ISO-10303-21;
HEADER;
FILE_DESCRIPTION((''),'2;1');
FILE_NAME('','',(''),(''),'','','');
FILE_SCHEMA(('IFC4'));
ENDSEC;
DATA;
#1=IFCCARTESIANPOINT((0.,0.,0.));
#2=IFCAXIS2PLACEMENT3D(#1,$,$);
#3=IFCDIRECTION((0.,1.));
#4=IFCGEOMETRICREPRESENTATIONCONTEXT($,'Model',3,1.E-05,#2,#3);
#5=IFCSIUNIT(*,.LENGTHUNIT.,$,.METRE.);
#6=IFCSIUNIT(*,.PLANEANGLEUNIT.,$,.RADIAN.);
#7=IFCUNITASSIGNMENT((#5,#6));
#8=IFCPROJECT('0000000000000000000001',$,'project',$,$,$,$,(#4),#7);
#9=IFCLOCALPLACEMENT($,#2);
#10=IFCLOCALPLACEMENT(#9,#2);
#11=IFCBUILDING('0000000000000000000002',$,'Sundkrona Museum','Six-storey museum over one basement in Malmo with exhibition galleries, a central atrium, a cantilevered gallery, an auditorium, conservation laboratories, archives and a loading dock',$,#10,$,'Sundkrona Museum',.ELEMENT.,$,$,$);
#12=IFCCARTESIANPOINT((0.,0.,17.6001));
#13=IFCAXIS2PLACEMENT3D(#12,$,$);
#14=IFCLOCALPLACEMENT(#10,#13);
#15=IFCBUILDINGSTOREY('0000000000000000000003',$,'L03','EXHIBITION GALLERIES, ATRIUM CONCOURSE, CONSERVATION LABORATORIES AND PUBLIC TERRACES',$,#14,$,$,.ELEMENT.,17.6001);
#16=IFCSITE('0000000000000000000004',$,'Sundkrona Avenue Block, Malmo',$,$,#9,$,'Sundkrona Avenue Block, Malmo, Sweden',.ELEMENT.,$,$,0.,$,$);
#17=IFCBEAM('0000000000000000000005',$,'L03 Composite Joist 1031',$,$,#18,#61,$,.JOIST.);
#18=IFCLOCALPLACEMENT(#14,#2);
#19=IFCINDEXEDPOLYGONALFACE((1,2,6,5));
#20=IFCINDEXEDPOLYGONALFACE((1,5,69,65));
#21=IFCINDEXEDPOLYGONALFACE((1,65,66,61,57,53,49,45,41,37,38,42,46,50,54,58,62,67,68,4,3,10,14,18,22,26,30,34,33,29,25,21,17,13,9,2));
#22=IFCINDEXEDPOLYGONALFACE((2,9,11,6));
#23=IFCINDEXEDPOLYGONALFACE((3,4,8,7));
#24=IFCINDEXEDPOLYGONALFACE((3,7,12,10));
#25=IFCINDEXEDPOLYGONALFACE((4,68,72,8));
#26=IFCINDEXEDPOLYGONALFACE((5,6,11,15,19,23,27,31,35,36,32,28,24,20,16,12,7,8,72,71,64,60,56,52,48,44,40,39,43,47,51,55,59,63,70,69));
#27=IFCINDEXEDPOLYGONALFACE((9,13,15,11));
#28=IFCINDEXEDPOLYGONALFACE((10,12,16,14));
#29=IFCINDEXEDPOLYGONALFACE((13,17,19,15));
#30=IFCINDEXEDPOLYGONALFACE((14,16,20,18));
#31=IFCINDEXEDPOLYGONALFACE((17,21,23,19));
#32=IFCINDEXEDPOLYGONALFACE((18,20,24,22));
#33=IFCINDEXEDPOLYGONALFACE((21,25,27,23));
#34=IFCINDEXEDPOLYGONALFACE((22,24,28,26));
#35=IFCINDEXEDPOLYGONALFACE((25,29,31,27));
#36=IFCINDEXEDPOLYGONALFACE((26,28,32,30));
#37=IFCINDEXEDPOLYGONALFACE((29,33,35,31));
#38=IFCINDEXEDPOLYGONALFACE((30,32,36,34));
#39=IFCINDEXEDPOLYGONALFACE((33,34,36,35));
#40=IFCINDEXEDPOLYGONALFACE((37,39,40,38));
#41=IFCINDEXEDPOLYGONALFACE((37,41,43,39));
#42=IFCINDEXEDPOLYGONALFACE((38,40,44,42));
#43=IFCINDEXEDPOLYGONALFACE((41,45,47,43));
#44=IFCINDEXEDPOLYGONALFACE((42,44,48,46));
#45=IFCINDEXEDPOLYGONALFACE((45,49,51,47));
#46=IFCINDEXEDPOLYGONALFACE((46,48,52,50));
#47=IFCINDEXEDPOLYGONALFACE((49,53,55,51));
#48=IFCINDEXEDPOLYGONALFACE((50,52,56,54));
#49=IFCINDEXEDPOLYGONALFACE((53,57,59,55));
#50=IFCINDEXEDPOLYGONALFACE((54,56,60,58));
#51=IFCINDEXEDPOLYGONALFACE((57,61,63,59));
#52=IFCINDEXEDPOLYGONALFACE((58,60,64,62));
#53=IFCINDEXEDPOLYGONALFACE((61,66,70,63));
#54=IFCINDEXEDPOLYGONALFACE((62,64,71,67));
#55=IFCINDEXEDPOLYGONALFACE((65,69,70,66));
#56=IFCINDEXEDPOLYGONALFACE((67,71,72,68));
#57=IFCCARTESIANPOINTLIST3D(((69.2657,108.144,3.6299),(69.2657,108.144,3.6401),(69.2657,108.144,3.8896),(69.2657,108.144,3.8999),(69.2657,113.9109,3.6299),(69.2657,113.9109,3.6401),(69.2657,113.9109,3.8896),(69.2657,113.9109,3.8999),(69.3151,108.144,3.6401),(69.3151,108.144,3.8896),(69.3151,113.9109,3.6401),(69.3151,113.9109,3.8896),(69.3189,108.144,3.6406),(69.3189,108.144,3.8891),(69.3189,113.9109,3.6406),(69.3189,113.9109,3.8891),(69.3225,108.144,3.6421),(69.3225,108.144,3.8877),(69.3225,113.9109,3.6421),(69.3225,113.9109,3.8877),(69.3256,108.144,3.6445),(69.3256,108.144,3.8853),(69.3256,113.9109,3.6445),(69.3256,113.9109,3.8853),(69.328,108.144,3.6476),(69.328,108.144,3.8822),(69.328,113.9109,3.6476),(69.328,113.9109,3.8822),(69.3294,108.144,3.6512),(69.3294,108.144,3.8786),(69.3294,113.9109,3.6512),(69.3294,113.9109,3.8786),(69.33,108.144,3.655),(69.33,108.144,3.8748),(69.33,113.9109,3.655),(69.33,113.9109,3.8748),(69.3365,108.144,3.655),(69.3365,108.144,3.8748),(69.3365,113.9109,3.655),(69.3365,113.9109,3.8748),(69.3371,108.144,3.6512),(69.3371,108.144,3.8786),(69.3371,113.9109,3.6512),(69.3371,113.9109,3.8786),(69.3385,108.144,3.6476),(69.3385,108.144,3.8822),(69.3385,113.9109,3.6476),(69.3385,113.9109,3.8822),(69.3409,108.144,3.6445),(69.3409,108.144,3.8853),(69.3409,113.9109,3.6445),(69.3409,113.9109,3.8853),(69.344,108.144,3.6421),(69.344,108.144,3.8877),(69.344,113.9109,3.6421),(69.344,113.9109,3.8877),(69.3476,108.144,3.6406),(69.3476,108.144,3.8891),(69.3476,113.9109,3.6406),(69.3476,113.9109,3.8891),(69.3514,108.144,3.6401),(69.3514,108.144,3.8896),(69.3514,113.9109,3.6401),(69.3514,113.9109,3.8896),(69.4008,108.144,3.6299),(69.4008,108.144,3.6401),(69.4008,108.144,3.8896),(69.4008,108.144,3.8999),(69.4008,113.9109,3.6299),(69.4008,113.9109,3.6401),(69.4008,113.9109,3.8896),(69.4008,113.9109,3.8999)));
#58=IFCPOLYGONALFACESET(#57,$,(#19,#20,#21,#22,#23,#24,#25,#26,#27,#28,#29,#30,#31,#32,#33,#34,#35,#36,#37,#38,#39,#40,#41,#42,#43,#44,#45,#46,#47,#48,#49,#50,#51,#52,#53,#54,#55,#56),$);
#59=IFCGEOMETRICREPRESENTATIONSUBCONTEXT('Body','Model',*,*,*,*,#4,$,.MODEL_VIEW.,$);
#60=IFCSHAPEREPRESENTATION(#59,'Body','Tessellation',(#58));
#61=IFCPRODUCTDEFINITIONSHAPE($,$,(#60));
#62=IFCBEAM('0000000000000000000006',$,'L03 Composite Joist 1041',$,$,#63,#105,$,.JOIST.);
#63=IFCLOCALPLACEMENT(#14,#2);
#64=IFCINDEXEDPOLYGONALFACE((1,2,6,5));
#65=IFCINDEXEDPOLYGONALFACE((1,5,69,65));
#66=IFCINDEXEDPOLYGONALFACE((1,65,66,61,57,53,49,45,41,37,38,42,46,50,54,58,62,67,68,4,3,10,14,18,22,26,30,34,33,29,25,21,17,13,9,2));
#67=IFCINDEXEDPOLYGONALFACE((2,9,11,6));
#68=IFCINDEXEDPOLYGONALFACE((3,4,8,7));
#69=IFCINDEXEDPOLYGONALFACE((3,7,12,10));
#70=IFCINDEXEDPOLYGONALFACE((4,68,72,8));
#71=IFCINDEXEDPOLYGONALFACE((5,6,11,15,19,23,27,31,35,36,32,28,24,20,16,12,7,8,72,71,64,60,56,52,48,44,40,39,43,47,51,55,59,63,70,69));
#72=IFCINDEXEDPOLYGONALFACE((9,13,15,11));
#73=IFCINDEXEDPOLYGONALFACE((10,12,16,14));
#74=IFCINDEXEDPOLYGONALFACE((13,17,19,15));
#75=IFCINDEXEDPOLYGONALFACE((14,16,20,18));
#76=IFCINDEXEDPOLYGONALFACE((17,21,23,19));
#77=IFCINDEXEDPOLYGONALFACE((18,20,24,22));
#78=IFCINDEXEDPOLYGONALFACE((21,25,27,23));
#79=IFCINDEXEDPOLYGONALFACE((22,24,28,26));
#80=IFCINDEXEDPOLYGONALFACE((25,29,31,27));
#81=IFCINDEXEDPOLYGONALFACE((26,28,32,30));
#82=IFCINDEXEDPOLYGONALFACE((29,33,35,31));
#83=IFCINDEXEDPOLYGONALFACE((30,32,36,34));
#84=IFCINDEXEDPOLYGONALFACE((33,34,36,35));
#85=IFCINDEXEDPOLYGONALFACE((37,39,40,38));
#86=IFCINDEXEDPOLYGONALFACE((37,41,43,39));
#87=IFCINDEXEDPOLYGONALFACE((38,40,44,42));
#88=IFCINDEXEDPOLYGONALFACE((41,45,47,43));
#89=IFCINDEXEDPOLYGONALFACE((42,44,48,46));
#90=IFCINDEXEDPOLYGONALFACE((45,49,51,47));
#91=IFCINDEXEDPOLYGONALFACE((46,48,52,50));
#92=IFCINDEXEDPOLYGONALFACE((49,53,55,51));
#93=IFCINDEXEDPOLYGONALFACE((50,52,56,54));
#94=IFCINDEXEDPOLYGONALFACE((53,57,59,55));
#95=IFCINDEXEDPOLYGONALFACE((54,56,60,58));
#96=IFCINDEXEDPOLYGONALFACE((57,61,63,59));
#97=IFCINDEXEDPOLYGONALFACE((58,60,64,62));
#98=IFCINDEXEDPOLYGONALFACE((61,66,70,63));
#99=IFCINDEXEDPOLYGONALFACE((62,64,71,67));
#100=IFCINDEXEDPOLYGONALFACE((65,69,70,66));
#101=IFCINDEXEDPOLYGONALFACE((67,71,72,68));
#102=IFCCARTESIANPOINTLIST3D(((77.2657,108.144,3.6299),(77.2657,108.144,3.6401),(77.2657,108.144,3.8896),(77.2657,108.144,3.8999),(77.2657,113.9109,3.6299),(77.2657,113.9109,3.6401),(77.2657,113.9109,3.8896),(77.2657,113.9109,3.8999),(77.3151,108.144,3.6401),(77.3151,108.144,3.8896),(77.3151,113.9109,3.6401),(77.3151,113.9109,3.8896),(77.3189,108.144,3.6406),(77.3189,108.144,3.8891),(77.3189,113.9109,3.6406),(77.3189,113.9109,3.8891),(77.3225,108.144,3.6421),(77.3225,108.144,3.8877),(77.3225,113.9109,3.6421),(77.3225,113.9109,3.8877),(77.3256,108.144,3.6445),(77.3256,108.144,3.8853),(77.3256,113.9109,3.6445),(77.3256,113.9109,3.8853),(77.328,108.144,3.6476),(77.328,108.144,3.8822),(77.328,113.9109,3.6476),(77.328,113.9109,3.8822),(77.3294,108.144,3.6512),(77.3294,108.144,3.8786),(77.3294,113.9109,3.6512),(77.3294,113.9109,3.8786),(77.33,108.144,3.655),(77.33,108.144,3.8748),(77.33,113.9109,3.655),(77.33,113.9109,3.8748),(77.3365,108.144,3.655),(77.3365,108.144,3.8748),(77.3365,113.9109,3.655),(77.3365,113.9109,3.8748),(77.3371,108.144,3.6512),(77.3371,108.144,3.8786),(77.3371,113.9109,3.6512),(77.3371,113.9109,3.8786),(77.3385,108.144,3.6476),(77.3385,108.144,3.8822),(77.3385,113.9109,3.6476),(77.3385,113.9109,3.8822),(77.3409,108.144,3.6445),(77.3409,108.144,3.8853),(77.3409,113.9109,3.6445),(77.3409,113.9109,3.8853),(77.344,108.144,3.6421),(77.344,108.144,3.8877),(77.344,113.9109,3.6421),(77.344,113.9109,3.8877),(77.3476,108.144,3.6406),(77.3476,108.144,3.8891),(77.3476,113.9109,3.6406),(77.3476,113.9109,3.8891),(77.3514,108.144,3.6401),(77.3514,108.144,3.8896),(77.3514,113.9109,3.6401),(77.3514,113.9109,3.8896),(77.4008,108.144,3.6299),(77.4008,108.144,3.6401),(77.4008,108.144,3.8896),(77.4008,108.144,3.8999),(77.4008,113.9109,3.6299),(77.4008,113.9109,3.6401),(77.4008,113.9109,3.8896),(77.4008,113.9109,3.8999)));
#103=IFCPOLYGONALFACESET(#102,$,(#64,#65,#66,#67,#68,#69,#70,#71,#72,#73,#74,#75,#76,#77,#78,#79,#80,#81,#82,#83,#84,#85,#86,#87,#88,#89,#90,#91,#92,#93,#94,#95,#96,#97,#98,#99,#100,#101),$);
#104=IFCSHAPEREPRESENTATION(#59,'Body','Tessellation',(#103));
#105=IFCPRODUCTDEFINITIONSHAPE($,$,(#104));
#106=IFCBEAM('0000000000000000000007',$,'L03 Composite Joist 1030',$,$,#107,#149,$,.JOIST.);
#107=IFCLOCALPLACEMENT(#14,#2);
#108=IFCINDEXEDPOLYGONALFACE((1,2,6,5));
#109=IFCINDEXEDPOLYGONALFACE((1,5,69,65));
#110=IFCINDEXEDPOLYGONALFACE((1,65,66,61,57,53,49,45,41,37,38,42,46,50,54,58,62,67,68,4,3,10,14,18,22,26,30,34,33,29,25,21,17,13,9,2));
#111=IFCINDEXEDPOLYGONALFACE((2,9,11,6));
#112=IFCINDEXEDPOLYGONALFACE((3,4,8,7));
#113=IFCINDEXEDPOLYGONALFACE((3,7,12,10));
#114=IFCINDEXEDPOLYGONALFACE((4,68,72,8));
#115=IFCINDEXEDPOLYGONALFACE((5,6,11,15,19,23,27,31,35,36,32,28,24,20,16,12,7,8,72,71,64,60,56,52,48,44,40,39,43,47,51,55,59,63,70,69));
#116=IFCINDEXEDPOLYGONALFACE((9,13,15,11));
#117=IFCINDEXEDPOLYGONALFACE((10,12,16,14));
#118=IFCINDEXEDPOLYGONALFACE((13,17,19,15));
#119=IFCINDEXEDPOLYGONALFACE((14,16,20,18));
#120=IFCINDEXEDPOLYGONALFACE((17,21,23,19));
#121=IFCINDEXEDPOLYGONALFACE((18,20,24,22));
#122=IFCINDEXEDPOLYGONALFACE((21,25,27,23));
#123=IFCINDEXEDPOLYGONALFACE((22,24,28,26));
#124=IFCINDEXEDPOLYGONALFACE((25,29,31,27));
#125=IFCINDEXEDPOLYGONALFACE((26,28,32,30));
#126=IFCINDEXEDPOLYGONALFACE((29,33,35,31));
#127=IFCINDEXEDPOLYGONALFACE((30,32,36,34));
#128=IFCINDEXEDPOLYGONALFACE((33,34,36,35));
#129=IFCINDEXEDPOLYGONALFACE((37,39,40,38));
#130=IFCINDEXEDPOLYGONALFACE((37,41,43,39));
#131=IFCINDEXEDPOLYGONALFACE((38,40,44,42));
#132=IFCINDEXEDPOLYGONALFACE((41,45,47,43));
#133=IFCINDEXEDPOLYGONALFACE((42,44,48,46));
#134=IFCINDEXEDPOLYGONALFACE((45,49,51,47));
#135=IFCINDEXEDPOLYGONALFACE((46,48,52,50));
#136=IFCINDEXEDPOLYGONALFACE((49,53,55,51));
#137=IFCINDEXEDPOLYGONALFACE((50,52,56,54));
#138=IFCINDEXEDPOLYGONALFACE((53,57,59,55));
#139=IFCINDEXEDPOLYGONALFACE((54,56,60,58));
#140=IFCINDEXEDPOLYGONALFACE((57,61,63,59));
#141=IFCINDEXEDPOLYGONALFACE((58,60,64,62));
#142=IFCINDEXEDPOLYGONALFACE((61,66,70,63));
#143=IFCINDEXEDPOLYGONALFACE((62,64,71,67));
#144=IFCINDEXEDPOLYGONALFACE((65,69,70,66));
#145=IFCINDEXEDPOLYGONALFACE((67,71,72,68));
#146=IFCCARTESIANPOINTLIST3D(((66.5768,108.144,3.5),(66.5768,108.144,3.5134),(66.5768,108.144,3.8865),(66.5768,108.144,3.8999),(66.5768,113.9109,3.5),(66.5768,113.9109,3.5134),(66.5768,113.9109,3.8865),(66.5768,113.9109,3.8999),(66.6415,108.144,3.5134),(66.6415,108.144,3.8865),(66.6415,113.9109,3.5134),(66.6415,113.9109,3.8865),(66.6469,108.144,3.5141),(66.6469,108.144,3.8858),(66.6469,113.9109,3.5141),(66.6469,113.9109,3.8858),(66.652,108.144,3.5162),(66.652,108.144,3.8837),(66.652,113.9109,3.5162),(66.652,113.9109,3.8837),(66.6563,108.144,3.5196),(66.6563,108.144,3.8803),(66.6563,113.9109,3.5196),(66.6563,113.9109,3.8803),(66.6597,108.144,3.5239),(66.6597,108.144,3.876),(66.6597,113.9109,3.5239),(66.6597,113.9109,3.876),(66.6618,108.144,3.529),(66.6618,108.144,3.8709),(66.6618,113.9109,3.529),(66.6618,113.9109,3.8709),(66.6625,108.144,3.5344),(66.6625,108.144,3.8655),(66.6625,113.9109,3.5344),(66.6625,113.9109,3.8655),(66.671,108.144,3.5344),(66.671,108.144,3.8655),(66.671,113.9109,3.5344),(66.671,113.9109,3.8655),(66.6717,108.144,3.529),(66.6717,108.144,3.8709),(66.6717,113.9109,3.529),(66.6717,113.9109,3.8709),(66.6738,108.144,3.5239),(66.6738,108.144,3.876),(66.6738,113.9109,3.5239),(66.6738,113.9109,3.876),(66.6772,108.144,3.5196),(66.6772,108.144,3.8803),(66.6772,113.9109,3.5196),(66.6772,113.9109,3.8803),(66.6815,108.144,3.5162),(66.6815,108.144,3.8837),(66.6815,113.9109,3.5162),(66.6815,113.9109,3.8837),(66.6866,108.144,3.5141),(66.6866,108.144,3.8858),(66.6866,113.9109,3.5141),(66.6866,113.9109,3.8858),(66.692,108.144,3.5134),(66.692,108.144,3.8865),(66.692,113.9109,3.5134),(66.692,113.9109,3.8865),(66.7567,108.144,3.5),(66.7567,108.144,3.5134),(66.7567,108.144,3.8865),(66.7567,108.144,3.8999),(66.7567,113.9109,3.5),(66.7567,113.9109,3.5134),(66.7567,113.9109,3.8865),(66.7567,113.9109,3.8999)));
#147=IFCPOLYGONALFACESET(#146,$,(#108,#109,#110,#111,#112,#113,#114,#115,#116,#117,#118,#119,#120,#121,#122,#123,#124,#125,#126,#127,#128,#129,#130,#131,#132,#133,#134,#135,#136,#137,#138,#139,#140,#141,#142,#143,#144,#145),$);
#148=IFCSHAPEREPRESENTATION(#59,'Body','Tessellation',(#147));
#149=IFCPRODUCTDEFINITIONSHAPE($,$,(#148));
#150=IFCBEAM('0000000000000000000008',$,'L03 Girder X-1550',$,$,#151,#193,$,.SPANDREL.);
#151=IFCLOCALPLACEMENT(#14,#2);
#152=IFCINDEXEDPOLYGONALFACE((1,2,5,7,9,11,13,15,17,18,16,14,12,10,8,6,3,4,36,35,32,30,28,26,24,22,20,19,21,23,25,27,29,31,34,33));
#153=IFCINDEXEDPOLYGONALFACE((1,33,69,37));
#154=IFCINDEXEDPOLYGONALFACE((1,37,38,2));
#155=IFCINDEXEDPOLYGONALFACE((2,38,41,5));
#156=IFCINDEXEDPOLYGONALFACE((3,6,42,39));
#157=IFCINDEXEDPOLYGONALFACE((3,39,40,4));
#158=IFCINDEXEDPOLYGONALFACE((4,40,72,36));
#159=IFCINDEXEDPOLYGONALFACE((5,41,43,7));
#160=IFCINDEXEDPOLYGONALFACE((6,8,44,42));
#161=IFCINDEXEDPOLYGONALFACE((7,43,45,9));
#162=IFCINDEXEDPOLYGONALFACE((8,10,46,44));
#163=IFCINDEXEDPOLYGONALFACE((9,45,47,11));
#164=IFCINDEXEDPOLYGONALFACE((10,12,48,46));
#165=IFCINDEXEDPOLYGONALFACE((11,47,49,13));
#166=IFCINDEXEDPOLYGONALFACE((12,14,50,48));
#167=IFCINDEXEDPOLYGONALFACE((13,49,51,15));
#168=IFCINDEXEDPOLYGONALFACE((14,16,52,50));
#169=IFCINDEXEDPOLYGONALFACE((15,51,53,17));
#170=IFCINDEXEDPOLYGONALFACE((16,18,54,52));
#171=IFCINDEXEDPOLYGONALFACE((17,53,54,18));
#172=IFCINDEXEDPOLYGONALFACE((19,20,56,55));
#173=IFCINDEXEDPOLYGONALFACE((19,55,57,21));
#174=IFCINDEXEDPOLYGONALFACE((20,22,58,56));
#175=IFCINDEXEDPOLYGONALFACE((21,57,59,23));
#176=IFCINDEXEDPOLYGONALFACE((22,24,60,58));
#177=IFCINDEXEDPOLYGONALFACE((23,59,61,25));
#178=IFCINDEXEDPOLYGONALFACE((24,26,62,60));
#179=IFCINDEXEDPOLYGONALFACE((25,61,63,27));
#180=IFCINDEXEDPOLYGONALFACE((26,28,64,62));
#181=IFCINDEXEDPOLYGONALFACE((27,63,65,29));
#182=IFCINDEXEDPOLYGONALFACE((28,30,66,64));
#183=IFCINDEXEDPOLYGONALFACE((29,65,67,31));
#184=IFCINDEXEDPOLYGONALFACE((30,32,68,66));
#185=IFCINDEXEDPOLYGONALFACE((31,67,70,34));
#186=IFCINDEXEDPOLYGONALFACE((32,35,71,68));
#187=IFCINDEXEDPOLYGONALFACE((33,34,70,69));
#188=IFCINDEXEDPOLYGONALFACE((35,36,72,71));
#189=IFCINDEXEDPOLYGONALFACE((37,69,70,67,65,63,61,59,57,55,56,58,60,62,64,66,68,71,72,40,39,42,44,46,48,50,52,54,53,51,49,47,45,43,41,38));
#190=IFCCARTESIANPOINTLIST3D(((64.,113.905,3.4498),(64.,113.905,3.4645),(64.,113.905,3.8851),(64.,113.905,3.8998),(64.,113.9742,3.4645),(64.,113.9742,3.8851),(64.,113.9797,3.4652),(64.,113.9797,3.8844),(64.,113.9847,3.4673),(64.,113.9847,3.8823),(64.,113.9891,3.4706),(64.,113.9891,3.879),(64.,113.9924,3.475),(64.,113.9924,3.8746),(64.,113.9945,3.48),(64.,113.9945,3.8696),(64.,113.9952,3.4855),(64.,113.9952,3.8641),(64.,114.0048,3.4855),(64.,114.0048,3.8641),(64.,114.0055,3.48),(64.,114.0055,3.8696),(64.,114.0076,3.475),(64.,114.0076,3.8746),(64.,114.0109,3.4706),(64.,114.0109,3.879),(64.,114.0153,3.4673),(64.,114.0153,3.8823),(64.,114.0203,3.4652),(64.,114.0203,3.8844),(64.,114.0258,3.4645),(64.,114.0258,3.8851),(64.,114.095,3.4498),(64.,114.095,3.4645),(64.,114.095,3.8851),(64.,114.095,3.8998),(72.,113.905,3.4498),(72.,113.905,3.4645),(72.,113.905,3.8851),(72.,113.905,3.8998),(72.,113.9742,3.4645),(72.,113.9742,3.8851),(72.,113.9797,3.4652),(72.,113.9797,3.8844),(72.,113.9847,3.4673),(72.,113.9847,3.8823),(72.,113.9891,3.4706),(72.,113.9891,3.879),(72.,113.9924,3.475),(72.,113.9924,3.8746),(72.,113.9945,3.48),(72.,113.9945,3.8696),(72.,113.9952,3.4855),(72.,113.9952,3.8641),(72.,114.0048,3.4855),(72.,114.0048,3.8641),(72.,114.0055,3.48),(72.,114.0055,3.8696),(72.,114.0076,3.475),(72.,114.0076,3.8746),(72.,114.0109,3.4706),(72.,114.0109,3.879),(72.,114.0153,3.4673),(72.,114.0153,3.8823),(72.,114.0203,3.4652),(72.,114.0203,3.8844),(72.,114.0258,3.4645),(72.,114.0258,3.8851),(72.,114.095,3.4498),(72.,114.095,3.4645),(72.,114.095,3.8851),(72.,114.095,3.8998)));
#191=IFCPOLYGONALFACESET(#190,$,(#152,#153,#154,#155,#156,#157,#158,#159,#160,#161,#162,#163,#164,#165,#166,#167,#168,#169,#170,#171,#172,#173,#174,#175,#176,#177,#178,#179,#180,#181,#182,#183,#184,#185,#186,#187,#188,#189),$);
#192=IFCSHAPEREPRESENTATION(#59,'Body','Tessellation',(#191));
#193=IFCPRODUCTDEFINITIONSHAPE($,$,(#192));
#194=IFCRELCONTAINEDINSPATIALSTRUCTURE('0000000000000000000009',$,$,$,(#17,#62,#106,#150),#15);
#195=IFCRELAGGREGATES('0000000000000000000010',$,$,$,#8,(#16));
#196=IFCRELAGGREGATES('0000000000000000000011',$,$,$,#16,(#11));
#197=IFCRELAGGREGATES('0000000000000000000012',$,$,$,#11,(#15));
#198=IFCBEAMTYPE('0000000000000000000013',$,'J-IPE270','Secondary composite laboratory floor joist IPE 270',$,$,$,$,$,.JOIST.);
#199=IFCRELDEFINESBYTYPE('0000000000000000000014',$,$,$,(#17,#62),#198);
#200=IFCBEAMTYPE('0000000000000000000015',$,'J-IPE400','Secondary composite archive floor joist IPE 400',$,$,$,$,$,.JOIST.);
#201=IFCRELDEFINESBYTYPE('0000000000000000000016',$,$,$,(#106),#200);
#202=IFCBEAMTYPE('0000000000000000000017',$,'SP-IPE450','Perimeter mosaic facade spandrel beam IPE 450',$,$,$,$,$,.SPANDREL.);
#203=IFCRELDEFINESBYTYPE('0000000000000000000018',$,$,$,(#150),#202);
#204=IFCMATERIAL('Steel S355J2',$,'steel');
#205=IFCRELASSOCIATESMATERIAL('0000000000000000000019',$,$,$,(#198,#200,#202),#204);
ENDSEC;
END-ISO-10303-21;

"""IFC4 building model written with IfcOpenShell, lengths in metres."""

from ifc_helpers import new_model, si_unit, direction, frame, origin, origin_2d, place, context, subcontext, project, spatial, i_section, extrude, material, material_profile, profile_set, type_object, element, save


model = new_model("IFC4")

# Units and contexts
model_context = context("Model", 3, precision=1e-05, world=origin(), true_north=direction((0.0, 1.0)))
body_context = subcontext(model_context, "Body", "Model", "MODEL_VIEW")
ifc_project = project(units=[si_unit("LENGTHUNIT", "METRE"), si_unit("PLANEANGLEUNIT", "RADIAN")], contexts=[model_context])

# Site, building, storey
site_placement = place(None, origin())
site = spatial("IfcSite", under=ifc_project, at=site_placement, Name="Sundkrona Avenue Block, Malmo", LongName="Sundkrona Avenue Block, Malmo, Sweden", CompositionType="ELEMENT", RefElevation=0.0)
building_placement = place(site_placement, origin())
building = spatial("IfcBuilding", under=site, at=building_placement, Name="Sundkrona Museum", Description="Six-storey museum over one basement in Malmo with exhibition galleries, a central atrium, a cantilevered gallery, an auditorium, conservation laboratories, archives and a loading dock", LongName="Sundkrona Museum", CompositionType="ELEMENT")
storey_placement = place(building_placement, frame((0.0, 0.0, 17.6001)))
storey = spatial("IfcBuildingStorey", under=building, at=storey_placement, Name="L03", Description="EXHIBITION GALLERIES, ATRIUM CONCOURSE, CONSERVATION LABORATORIES AND PUBLIC TERRACES", CompositionType="ELEMENT", Elevation=17.6001)

# Shared definitions
ifc_material_1 = material(Name="Steel S355J2", Category="steel")

# Beams
ifc_material_profile_1 = material_profile(ifc_material_1, i_section(OverallWidth=0.135, OverallDepth=0.27, WebThickness=0.0066, FlangeThickness=0.0103, FilletRadius=0.0149, at=origin_2d()), Name="IPE 270")
ifc_profile_set_1 = profile_set([ifc_material_profile_1], Name="Steel S355J2")
beam_type_1 = type_object("IfcBeamType", Name="J-IPE270", Description="Secondary composite laboratory floor joist IPE 270", PredefinedType="JOIST", material=ifc_profile_set_1)
for number, where, z_axis, x_axis, name in (
    (1, (69.3333, 108.144, 3.7649), (0.0, 1.0, 0.0), (-1.0, 0.0, 0.0), "L03 Composite Joist 1031"),
    (2, (77.3333, 108.144, 3.7649), (0.0, 1.0, 0.0), (-1.0, 0.0, 0.0), "L03 Composite Joist 1041"),
):
    element("IfcBeam", number, at=place(storey_placement, frame(where, z_axis=z_axis, x_axis=x_axis)), inside=storey, type_object=beam_type_1, Name=name, PredefinedType="JOIST", context=body_context, shape_type="SweptSolid", body=[
        extrude(i_section(OverallWidth=0.135, OverallDepth=0.27, WebThickness=0.0066, FlangeThickness=0.0103, FilletRadius=0.0149, at=origin_2d()), origin(), (0.0, 0.0, 1.0), 5.7668),
    ])
ifc_material_profile_2 = material_profile(ifc_material_1, i_section(OverallWidth=0.1799, OverallDepth=0.3999, WebThickness=0.0085, FlangeThickness=0.0134, FilletRadius=0.021, at=origin_2d()), Name="IPE 400")
ifc_profile_set_2 = profile_set([ifc_material_profile_2], Name="Steel S355J2")
beam_type_2 = type_object("IfcBeamType", Name="J-IPE400", Description="Secondary composite archive floor joist IPE 400", PredefinedType="JOIST", material=ifc_profile_set_2)
beam_1_placement = place(storey_placement, frame((66.6667, 108.144, 3.7), z_axis=(0.0, 1.0, 0.0), x_axis=(-1.0, 0.0, 0.0)))
element("IfcBeam", 3, at=beam_1_placement, inside=storey, type_object=beam_type_2, Name="L03 Composite Joist 1030", PredefinedType="JOIST", context=body_context, shape_type="SweptSolid", body=[
    extrude(i_section(OverallWidth=0.1799, OverallDepth=0.3999, WebThickness=0.0085, FlangeThickness=0.0134, FilletRadius=0.021, at=origin_2d()), origin(), (0.0, 0.0, 1.0), 5.7668),
])
ifc_material_profile_3 = material_profile(ifc_material_1, i_section(OverallWidth=0.1899, OverallDepth=0.45, WebThickness=0.0095, FlangeThickness=0.0146, FilletRadius=0.021, at=origin_2d()), Name="IPE 450")
ifc_profile_set_3 = profile_set([ifc_material_profile_3], Name="Steel S355J2")
beam_type_3 = type_object("IfcBeamType", Name="SP-IPE450", Description="Perimeter mosaic facade spandrel beam IPE 450", PredefinedType="SPANDREL", material=ifc_profile_set_3)
for number, where, z_axis, x_axis, name in (
    (4, (64.0, 114.0, 3.6748), (1.0, 0.0, 0.0), (0.0, 1.0, 0.0), "L03 Girder X-1550"),
):
    element("IfcBeam", number, at=place(storey_placement, frame(where, z_axis=z_axis, x_axis=x_axis)), inside=storey, type_object=beam_type_3, Name=name, PredefinedType="SPANDREL", context=body_context, shape_type="SweptSolid", body=[
        extrude(i_section(OverallWidth=0.1899, OverallDepth=0.45, WebThickness=0.0095, FlangeThickness=0.0146, FilletRadius=0.021, at=origin_2d()), origin(), (0.0, 0.0, 1.0), 8.0),
    ])

save(model, "model.ifc")
